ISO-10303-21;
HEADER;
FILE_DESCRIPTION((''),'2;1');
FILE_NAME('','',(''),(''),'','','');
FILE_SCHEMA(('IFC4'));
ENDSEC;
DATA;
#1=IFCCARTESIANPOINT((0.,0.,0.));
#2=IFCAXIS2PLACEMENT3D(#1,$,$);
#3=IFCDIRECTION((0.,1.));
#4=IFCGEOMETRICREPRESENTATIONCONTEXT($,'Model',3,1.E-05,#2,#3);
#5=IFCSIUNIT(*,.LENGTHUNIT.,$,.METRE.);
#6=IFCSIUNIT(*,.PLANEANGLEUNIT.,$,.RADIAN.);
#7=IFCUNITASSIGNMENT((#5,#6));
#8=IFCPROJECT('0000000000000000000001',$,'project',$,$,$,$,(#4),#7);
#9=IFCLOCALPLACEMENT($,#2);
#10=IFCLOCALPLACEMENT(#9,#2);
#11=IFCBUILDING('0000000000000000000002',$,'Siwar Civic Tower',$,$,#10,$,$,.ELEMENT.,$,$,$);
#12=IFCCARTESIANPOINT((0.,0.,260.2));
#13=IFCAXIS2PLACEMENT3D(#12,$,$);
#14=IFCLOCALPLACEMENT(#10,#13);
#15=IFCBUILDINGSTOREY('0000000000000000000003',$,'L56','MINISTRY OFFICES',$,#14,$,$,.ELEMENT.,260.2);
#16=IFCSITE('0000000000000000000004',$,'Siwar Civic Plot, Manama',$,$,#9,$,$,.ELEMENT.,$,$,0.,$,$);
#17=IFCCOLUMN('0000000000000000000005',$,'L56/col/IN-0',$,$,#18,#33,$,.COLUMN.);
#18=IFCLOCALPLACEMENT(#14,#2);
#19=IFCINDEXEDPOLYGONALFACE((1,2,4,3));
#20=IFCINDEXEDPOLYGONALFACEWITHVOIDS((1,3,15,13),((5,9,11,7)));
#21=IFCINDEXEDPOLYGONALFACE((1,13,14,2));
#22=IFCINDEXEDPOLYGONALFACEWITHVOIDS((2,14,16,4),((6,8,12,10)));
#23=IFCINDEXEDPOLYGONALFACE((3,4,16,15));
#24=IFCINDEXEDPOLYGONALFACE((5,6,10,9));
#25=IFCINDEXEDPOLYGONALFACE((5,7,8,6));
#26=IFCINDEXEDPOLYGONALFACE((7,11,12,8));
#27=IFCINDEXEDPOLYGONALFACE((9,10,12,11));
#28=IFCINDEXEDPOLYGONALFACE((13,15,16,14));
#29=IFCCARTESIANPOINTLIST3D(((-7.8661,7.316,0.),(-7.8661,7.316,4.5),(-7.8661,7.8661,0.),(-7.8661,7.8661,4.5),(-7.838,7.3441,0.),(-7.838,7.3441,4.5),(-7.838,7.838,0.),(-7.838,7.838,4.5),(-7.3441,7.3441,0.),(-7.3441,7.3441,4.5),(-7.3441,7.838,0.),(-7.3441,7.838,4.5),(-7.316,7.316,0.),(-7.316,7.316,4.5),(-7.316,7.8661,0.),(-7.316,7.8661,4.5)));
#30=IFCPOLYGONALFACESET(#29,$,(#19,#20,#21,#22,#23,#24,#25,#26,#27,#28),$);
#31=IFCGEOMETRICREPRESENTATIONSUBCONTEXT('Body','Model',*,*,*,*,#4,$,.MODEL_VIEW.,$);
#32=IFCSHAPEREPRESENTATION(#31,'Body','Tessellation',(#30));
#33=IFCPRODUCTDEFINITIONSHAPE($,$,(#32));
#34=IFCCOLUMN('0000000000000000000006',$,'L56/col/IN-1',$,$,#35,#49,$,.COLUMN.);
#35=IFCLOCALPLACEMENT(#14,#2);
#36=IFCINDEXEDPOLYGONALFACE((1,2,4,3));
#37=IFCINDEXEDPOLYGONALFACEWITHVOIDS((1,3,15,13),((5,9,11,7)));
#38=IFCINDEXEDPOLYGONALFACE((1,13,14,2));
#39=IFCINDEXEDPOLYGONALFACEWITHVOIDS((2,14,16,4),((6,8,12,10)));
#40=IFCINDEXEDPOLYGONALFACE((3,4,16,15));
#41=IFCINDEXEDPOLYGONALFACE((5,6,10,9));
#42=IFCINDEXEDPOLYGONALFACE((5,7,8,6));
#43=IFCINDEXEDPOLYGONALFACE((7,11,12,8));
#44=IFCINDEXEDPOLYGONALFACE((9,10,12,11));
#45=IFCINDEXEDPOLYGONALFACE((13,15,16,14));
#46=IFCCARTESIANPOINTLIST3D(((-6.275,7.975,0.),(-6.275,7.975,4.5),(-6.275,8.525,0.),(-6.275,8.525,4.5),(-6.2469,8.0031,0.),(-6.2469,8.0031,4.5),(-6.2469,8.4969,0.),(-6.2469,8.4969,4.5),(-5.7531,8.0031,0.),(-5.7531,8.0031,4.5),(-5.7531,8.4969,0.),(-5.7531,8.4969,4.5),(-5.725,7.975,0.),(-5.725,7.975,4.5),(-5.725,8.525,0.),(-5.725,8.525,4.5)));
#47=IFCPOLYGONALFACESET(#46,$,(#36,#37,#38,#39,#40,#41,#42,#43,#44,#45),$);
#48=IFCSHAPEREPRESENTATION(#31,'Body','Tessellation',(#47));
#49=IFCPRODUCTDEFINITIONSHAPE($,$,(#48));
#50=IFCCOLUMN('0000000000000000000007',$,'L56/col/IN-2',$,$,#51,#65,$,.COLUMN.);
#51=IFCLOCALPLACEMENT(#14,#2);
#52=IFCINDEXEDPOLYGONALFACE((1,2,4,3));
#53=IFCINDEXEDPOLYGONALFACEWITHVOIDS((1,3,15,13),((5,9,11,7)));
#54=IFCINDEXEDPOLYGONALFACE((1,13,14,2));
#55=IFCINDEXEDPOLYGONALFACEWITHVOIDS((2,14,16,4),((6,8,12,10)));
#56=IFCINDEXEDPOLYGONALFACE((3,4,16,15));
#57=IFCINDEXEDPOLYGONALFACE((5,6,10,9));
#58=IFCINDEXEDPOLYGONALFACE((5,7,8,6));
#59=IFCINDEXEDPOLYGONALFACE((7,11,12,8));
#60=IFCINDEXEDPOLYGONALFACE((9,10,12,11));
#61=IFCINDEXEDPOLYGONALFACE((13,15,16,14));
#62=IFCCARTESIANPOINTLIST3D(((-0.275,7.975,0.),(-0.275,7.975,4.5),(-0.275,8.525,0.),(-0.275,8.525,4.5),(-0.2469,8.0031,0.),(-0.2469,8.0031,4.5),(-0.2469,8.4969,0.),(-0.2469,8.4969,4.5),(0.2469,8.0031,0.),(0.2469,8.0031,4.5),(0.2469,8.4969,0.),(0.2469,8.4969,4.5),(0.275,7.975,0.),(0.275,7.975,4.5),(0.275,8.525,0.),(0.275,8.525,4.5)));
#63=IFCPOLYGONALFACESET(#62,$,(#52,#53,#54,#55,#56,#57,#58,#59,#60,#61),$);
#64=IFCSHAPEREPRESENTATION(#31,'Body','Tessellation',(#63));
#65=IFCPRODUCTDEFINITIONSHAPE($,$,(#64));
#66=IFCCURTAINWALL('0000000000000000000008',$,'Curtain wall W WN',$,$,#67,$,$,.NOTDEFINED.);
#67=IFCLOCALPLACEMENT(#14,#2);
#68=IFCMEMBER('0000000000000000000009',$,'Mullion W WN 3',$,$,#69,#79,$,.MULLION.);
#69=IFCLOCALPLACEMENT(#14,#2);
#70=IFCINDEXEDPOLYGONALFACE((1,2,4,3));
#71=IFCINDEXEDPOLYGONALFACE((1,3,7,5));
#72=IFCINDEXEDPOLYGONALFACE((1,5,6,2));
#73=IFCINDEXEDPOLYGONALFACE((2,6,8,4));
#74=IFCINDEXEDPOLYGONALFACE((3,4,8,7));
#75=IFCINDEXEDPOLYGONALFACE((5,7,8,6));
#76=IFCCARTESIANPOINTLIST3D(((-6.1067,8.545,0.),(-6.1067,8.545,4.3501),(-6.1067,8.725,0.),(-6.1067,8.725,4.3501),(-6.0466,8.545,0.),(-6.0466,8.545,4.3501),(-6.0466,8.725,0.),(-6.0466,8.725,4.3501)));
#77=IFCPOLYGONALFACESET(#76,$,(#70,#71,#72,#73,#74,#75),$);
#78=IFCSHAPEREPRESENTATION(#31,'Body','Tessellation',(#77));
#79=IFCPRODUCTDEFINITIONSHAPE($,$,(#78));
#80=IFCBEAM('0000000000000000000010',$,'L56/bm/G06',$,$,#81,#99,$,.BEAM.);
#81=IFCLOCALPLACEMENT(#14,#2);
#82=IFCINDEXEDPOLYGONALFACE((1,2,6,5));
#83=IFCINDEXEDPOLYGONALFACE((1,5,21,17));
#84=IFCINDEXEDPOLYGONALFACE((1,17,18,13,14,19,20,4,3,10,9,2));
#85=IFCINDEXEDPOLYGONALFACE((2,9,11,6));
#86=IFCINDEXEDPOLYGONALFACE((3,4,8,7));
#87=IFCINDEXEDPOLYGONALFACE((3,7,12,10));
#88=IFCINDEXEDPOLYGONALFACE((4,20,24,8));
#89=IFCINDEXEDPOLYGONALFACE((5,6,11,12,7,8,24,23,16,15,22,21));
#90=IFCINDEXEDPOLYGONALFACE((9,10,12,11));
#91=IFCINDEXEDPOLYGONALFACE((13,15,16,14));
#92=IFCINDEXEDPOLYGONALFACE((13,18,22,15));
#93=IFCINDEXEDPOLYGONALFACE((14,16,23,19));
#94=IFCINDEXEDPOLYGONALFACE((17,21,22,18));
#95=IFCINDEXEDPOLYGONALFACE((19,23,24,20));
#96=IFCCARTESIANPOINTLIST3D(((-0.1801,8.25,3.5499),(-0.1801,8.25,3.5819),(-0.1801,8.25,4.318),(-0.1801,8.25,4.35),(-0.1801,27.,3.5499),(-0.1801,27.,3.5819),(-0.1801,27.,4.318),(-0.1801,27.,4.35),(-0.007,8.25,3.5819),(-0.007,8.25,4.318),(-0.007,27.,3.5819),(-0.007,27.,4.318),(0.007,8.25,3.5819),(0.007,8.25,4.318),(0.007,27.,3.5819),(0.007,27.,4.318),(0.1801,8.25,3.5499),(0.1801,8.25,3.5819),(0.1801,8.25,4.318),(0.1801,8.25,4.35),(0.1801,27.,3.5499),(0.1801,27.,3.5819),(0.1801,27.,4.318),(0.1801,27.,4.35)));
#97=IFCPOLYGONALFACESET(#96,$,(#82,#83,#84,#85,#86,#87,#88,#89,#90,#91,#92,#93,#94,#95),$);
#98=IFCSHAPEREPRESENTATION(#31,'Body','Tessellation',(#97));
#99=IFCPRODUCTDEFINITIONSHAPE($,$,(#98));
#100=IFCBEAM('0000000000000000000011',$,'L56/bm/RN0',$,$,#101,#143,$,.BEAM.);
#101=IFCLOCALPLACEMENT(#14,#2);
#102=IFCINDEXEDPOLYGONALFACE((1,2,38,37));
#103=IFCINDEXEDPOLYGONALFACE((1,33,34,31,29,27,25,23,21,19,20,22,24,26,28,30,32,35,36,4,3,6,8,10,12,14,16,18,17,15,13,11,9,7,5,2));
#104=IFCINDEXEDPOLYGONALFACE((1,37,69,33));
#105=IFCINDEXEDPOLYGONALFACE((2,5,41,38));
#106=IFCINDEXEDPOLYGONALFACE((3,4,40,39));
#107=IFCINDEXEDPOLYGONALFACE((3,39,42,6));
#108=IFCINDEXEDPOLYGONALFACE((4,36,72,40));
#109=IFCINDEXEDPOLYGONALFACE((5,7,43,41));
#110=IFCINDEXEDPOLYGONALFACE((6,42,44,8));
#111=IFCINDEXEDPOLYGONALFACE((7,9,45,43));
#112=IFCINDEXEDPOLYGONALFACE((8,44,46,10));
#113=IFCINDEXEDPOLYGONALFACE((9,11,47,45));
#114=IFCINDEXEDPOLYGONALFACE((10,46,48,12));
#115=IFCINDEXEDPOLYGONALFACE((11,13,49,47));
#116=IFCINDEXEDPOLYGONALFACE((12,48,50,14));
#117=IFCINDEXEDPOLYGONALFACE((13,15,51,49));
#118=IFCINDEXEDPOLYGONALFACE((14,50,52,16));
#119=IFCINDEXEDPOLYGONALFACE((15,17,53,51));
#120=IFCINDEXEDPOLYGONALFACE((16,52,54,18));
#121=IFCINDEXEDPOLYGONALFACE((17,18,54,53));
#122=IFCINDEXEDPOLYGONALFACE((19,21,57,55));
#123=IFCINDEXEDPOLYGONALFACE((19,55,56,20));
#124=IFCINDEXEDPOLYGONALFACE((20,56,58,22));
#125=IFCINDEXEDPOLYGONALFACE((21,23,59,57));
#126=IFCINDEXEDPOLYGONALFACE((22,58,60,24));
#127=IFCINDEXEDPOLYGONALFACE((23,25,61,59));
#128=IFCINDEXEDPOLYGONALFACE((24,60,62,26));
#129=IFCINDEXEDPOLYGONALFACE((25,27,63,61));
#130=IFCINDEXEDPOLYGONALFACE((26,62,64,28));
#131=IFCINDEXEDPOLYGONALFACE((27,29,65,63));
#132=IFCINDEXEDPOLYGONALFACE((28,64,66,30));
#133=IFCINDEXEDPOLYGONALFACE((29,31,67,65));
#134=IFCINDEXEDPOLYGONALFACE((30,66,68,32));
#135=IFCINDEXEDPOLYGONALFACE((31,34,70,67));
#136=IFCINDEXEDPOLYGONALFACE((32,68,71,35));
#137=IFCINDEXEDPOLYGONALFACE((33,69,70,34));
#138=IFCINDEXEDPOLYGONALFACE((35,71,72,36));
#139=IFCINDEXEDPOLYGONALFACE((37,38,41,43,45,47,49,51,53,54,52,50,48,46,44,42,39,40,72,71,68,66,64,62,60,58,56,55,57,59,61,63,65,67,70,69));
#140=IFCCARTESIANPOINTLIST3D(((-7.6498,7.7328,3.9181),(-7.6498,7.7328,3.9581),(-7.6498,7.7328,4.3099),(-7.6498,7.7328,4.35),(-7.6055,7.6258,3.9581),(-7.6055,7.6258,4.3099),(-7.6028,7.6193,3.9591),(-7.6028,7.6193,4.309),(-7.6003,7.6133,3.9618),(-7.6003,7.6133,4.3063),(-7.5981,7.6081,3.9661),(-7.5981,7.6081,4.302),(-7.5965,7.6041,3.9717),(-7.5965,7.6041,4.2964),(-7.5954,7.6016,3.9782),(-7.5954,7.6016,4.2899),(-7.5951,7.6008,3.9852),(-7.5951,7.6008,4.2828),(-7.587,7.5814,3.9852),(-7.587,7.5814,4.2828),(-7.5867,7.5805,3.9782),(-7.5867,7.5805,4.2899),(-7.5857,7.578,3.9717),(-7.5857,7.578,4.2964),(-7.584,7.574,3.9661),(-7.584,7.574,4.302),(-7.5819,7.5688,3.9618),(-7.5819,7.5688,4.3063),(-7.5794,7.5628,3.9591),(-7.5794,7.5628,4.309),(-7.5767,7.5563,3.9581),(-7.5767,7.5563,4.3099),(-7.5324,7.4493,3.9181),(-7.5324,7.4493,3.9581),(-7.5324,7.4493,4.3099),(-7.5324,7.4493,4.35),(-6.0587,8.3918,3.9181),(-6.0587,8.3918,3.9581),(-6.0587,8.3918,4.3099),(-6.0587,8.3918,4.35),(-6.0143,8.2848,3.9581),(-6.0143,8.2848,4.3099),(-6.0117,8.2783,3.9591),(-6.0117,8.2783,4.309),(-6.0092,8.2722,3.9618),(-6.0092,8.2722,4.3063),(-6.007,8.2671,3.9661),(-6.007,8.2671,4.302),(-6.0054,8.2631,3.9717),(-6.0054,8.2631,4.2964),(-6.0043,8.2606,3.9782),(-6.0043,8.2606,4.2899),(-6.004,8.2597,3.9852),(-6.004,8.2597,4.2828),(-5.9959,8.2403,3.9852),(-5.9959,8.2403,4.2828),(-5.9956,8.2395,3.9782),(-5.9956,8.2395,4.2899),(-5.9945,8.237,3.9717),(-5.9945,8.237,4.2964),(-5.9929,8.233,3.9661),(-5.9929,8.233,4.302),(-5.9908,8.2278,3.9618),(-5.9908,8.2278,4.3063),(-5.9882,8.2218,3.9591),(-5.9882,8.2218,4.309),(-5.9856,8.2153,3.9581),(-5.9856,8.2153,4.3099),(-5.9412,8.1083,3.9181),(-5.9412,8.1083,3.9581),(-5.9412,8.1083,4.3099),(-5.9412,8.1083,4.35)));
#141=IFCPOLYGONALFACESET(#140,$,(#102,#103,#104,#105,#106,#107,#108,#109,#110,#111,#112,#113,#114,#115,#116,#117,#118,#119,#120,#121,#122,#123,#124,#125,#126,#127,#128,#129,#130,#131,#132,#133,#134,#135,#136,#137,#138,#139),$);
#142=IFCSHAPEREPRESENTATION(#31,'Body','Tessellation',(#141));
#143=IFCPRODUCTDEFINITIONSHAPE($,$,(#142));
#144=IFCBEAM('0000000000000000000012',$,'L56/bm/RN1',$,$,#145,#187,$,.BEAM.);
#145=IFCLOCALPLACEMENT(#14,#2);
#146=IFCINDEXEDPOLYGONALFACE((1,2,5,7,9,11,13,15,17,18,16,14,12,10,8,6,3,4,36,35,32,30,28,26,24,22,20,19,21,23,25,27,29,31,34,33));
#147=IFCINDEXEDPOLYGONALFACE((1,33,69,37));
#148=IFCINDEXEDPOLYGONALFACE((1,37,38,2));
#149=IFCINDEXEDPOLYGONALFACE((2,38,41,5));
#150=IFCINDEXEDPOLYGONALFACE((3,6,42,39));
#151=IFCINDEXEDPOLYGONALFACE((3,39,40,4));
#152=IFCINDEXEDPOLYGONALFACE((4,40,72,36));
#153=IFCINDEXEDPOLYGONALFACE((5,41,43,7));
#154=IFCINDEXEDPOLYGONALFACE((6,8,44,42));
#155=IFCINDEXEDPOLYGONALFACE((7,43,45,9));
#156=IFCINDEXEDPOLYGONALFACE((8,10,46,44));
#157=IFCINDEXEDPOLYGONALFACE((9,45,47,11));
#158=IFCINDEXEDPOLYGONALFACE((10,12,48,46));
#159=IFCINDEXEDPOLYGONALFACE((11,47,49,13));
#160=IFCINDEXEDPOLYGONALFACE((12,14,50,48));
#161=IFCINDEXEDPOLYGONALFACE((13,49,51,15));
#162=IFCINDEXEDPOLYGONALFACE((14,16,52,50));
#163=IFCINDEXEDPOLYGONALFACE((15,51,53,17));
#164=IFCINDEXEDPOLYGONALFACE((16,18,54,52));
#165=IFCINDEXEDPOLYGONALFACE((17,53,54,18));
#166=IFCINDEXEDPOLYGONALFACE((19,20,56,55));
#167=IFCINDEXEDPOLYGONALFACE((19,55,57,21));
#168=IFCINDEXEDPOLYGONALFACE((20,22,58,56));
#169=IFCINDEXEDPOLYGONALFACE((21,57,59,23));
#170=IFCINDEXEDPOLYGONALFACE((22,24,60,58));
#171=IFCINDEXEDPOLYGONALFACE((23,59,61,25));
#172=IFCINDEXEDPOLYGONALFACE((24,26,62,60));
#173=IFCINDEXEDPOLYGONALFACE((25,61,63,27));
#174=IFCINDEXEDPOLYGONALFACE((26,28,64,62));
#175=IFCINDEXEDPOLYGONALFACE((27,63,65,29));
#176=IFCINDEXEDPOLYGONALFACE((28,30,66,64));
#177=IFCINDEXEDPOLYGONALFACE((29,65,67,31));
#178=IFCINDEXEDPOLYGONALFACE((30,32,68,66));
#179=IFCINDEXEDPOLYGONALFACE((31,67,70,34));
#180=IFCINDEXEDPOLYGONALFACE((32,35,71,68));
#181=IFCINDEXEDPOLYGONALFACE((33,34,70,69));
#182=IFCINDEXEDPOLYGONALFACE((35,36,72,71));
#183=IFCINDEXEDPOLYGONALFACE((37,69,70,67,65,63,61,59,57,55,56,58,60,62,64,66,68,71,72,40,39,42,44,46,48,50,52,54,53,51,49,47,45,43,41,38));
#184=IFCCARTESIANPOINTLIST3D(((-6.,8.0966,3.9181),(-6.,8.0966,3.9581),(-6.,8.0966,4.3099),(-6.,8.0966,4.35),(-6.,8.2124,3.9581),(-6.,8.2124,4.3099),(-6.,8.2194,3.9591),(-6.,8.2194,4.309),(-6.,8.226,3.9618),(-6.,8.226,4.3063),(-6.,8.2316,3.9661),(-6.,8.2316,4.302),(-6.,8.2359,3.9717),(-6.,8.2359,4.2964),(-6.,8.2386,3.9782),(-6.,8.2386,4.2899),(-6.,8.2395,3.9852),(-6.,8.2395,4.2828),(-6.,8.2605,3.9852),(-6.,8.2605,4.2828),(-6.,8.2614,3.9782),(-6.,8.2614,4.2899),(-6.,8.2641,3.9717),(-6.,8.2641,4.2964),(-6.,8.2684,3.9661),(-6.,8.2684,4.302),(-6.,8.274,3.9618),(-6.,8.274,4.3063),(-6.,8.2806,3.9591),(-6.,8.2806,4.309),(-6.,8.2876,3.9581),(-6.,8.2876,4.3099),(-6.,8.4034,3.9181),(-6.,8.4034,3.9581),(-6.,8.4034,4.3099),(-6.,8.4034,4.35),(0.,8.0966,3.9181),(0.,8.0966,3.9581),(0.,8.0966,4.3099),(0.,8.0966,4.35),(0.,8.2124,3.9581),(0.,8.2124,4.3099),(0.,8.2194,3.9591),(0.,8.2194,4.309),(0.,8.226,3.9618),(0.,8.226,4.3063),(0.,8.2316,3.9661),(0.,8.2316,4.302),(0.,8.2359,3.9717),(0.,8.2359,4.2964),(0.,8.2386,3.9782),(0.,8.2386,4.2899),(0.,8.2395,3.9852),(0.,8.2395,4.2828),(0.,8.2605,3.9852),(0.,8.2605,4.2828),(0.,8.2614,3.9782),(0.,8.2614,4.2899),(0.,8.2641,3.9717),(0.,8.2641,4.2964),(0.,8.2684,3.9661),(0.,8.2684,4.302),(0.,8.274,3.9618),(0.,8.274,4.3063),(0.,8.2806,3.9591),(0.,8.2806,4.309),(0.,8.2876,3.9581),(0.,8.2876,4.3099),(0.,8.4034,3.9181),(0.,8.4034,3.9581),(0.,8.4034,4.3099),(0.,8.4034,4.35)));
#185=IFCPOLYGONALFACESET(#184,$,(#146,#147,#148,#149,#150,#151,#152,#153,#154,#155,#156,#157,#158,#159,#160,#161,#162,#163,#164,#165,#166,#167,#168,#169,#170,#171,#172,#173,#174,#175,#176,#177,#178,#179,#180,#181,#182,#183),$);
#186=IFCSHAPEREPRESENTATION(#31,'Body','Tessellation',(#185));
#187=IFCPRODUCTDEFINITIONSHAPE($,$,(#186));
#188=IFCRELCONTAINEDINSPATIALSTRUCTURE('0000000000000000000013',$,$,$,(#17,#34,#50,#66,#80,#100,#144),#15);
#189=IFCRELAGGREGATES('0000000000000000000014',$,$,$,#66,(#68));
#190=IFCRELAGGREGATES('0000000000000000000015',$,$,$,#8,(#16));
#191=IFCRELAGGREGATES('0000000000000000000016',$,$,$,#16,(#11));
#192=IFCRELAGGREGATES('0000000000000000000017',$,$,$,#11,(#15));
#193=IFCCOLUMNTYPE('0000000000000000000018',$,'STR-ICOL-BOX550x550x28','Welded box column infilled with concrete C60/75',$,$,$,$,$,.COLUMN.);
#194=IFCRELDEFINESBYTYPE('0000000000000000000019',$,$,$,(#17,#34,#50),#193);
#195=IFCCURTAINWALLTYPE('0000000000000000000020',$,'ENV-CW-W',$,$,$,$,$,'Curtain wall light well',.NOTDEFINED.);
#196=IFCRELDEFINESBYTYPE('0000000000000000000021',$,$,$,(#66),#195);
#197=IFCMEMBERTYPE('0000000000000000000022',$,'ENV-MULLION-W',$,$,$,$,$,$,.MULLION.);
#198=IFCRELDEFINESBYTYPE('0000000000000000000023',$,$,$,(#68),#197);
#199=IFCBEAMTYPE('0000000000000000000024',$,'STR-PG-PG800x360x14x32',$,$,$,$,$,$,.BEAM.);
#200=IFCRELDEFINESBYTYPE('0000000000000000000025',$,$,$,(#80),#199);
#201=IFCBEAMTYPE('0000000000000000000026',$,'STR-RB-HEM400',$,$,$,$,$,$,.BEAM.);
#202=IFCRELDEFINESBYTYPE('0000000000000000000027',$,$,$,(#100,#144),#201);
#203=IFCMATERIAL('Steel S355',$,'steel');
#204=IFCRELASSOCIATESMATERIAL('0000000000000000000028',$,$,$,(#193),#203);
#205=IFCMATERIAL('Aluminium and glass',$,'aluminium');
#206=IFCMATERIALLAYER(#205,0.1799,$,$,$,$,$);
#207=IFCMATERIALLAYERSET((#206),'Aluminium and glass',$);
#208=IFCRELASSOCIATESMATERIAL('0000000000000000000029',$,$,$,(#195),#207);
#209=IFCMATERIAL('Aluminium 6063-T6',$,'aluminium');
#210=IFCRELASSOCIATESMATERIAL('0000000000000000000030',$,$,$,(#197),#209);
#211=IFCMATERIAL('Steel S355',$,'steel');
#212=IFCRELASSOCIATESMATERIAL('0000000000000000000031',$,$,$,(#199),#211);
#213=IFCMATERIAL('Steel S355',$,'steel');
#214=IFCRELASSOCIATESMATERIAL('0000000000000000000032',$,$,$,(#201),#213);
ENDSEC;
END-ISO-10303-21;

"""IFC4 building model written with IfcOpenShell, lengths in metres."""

from ifc_helpers import new_model, si_unit, direction, frame, origin, origin_2d, place, context, subcontext, project, spatial, rectangle, hollow_rectangle, i_section, extrude, material, layer, layer_set, material_profile, profile_set, type_object, element, aggregate, save


model = new_model("IFC4")

# Units and contexts
model_context = context("Model", 3, precision=1e-05, world=origin(), true_north=direction((0.0, 1.0)))
body_context = subcontext(model_context, "Body", "Model", "MODEL_VIEW")
ifc_project = project(units=[si_unit("LENGTHUNIT", "METRE"), si_unit("PLANEANGLEUNIT", "RADIAN")], contexts=[model_context])

# Site, building, storey
site_placement = place(None, origin())
site = spatial("IfcSite", under=ifc_project, at=site_placement, Name="Siwar Civic Plot, Manama", CompositionType="ELEMENT", RefElevation=0.0)
building_placement = place(site_placement, origin())
building = spatial("IfcBuilding", under=site, at=building_placement, Name="Siwar Civic Tower", CompositionType="ELEMENT")
storey_placement = place(building_placement, frame((0.0, 0.0, 260.2)))
storey = spatial("IfcBuildingStorey", under=building, at=storey_placement, Name="L56", Description="MINISTRY OFFICES", CompositionType="ELEMENT", Elevation=260.2)

# Columns
ifc_material_1 = material(Name="Steel S355", Category="steel")
ifc_material_profile_1 = material_profile(ifc_material_1, hollow_rectangle(XDim=0.55, YDim=0.55, WallThickness=0.0281, at=origin_2d()), Name="BOX550x550x28")
ifc_profile_set_1 = profile_set([ifc_material_profile_1], Name="Steel S355")
column_type = type_object("IfcColumnType", Name="STR-ICOL-BOX550x550x28", Description="Welded box column infilled with concrete C60/75", PredefinedType="COLUMN", material=ifc_profile_set_1)
for number, where, z_axis, x_axis, name in (
    (1, (-7.5911, 7.5911, 0.0), (0.0, 0.0, 1.0), (1.0, 0.0, 0.0), "L56/col/IN-0"),
    (2, (-6.0, 8.25, 0.0), (0.0, 0.0, 1.0), (1.0, 0.0, 0.0), "L56/col/IN-1"),
    (3, (0.0, 8.25, 0.0), (0.0, 0.0, 1.0), (1.0, 0.0, 0.0), "L56/col/IN-2"),
):
    element("IfcColumn", number, at=place(storey_placement, frame(where, z_axis=z_axis, x_axis=x_axis)), inside=storey, type_object=column_type, Name=name, PredefinedType="COLUMN", context=body_context, shape_type="SweptSolid", body=[
        extrude(hollow_rectangle(XDim=0.55, YDim=0.55, WallThickness=0.0281, at=origin_2d()), origin(), (0.0, 0.0, 1.0), 4.5),
    ])

# Curtain wall, member
ifc_material_2 = material(Name="Aluminium and glass", Category="aluminium")
ifc_layer_1 = layer(ifc_material_2, 0.1799)
ifc_layer_set_1 = layer_set([ifc_layer_1], Name="Aluminium and glass")
curtain_wall_type = type_object("IfcCurtainWallType", Name="ENV-CW-W", ElementType="Curtain wall light well", PredefinedType="NOTDEFINED", material=ifc_layer_set_1)
curtain_wall_placement = place(storey_placement, origin())
curtain_wall = element("IfcCurtainWall", 4, at=curtain_wall_placement, inside=storey, type_object=curtain_wall_type, Name="Curtain wall W WN", PredefinedType="NOTDEFINED")
ifc_material_3 = material(Name="Aluminium 6063-T6", Category="aluminium")
ifc_material_profile_2 = material_profile(ifc_material_3, rectangle(XDim=0.1799, YDim=0.0601, at=origin_2d()), Name="AL 180x60")
ifc_profile_set_2 = profile_set([ifc_material_profile_2], Name="Aluminium 6063-T6")
member_type = type_object("IfcMemberType", Name="ENV-MULLION-W", PredefinedType="MULLION", material=ifc_profile_set_2)
member_placement = place(storey_placement, frame((-6.0767, 8.635, 0.0), z_axis=(0.0, 0.0, 1.0), x_axis=(0.0, -1.0, 0.0)))
member = element("IfcMember", 5, at=member_placement, type_object=member_type, Name="Mullion W WN 3", PredefinedType="MULLION", context=body_context, shape_type="SweptSolid", body=[
    extrude(rectangle(XDim=0.1799, YDim=0.0601, at=origin_2d()), origin(), (0.0, 0.0, 1.0), 4.3501),
])
aggregate(curtain_wall, [member])

# Beams
ifc_material_4 = material(Name="Steel S355", Category="steel")
ifc_material_profile_3 = material_profile(ifc_material_4, i_section(OverallWidth=0.3601, OverallDepth=0.8, WebThickness=0.0139, FlangeThickness=0.032, at=origin_2d()), Name="PG800x360x14x32")
ifc_profile_set_3 = profile_set([ifc_material_profile_3], Name="Steel S355")
beam_type_1 = type_object("IfcBeamType", Name="STR-PG-PG800x360x14x32", PredefinedType="BEAM", material=ifc_profile_set_3)
beam_1_placement = place(storey_placement, frame((0.0, 8.25, 3.95), z_axis=(0.0, 1.0, 0.0), x_axis=(-1.0, 0.0, 0.0)))
element("IfcBeam", 6, at=beam_1_placement, inside=storey, type_object=beam_type_1, Name="L56/bm/G06", PredefinedType="BEAM", context=body_context, shape_type="SweptSolid", body=[
    extrude(i_section(OverallWidth=0.3601, OverallDepth=0.8, WebThickness=0.0139, FlangeThickness=0.032, at=origin_2d()), origin(), (0.0, 0.0, 1.0), 18.75),
])
ifc_material_5 = material(Name="Steel S355", Category="steel")
ifc_material_profile_4 = material_profile(ifc_material_5, i_section(OverallWidth=0.3069, OverallDepth=0.4319, WebThickness=0.021, FlangeThickness=0.04, FilletRadius=0.0271, at=origin_2d()), Name="HEM400")
ifc_profile_set_4 = profile_set([ifc_material_profile_4], Name="Steel S355")
beam_type_2 = type_object("IfcBeamType", Name="STR-RB-HEM400", PredefinedType="BEAM", material=ifc_profile_set_4)
beam_2_placement = place(storey_placement, frame((-7.5911, 7.5911, 4.134), z_axis=(0.923901, 0.382631, 0.0), x_axis=(-0.382631, 0.923901, 0.0)))
element("IfcBeam", 7, at=beam_2_placement, inside=storey, type_object=beam_type_2, Name="L56/bm/RN0", PredefinedType="BEAM", context=body_context, shape_type="SweptSolid", body=[
    extrude(i_section(OverallWidth=0.3069, OverallDepth=0.4319, WebThickness=0.021, FlangeThickness=0.04, FilletRadius=0.0271, at=origin_2d()), origin(), (0.0, 0.0, 1.0), 1.7222),
])
for number, where, z_axis, x_axis, name in (
    (8, (-6.0, 8.25, 4.134), (1.0, 0.0, 0.0), (0.0, 1.0, 0.0), "L56/bm/RN1"),
):
    element("IfcBeam", number, at=place(storey_placement, frame(where, z_axis=z_axis, x_axis=x_axis)), inside=storey, type_object=beam_type_2, Name=name, PredefinedType="BEAM", context=body_context, shape_type="SweptSolid", body=[
        extrude(i_section(OverallWidth=0.3069, OverallDepth=0.4319, WebThickness=0.021, FlangeThickness=0.04, FilletRadius=0.0271, at=origin_2d()), origin(), (0.0, 0.0, 1.0), 6.0),
    ])

save(model, "model.ifc")
